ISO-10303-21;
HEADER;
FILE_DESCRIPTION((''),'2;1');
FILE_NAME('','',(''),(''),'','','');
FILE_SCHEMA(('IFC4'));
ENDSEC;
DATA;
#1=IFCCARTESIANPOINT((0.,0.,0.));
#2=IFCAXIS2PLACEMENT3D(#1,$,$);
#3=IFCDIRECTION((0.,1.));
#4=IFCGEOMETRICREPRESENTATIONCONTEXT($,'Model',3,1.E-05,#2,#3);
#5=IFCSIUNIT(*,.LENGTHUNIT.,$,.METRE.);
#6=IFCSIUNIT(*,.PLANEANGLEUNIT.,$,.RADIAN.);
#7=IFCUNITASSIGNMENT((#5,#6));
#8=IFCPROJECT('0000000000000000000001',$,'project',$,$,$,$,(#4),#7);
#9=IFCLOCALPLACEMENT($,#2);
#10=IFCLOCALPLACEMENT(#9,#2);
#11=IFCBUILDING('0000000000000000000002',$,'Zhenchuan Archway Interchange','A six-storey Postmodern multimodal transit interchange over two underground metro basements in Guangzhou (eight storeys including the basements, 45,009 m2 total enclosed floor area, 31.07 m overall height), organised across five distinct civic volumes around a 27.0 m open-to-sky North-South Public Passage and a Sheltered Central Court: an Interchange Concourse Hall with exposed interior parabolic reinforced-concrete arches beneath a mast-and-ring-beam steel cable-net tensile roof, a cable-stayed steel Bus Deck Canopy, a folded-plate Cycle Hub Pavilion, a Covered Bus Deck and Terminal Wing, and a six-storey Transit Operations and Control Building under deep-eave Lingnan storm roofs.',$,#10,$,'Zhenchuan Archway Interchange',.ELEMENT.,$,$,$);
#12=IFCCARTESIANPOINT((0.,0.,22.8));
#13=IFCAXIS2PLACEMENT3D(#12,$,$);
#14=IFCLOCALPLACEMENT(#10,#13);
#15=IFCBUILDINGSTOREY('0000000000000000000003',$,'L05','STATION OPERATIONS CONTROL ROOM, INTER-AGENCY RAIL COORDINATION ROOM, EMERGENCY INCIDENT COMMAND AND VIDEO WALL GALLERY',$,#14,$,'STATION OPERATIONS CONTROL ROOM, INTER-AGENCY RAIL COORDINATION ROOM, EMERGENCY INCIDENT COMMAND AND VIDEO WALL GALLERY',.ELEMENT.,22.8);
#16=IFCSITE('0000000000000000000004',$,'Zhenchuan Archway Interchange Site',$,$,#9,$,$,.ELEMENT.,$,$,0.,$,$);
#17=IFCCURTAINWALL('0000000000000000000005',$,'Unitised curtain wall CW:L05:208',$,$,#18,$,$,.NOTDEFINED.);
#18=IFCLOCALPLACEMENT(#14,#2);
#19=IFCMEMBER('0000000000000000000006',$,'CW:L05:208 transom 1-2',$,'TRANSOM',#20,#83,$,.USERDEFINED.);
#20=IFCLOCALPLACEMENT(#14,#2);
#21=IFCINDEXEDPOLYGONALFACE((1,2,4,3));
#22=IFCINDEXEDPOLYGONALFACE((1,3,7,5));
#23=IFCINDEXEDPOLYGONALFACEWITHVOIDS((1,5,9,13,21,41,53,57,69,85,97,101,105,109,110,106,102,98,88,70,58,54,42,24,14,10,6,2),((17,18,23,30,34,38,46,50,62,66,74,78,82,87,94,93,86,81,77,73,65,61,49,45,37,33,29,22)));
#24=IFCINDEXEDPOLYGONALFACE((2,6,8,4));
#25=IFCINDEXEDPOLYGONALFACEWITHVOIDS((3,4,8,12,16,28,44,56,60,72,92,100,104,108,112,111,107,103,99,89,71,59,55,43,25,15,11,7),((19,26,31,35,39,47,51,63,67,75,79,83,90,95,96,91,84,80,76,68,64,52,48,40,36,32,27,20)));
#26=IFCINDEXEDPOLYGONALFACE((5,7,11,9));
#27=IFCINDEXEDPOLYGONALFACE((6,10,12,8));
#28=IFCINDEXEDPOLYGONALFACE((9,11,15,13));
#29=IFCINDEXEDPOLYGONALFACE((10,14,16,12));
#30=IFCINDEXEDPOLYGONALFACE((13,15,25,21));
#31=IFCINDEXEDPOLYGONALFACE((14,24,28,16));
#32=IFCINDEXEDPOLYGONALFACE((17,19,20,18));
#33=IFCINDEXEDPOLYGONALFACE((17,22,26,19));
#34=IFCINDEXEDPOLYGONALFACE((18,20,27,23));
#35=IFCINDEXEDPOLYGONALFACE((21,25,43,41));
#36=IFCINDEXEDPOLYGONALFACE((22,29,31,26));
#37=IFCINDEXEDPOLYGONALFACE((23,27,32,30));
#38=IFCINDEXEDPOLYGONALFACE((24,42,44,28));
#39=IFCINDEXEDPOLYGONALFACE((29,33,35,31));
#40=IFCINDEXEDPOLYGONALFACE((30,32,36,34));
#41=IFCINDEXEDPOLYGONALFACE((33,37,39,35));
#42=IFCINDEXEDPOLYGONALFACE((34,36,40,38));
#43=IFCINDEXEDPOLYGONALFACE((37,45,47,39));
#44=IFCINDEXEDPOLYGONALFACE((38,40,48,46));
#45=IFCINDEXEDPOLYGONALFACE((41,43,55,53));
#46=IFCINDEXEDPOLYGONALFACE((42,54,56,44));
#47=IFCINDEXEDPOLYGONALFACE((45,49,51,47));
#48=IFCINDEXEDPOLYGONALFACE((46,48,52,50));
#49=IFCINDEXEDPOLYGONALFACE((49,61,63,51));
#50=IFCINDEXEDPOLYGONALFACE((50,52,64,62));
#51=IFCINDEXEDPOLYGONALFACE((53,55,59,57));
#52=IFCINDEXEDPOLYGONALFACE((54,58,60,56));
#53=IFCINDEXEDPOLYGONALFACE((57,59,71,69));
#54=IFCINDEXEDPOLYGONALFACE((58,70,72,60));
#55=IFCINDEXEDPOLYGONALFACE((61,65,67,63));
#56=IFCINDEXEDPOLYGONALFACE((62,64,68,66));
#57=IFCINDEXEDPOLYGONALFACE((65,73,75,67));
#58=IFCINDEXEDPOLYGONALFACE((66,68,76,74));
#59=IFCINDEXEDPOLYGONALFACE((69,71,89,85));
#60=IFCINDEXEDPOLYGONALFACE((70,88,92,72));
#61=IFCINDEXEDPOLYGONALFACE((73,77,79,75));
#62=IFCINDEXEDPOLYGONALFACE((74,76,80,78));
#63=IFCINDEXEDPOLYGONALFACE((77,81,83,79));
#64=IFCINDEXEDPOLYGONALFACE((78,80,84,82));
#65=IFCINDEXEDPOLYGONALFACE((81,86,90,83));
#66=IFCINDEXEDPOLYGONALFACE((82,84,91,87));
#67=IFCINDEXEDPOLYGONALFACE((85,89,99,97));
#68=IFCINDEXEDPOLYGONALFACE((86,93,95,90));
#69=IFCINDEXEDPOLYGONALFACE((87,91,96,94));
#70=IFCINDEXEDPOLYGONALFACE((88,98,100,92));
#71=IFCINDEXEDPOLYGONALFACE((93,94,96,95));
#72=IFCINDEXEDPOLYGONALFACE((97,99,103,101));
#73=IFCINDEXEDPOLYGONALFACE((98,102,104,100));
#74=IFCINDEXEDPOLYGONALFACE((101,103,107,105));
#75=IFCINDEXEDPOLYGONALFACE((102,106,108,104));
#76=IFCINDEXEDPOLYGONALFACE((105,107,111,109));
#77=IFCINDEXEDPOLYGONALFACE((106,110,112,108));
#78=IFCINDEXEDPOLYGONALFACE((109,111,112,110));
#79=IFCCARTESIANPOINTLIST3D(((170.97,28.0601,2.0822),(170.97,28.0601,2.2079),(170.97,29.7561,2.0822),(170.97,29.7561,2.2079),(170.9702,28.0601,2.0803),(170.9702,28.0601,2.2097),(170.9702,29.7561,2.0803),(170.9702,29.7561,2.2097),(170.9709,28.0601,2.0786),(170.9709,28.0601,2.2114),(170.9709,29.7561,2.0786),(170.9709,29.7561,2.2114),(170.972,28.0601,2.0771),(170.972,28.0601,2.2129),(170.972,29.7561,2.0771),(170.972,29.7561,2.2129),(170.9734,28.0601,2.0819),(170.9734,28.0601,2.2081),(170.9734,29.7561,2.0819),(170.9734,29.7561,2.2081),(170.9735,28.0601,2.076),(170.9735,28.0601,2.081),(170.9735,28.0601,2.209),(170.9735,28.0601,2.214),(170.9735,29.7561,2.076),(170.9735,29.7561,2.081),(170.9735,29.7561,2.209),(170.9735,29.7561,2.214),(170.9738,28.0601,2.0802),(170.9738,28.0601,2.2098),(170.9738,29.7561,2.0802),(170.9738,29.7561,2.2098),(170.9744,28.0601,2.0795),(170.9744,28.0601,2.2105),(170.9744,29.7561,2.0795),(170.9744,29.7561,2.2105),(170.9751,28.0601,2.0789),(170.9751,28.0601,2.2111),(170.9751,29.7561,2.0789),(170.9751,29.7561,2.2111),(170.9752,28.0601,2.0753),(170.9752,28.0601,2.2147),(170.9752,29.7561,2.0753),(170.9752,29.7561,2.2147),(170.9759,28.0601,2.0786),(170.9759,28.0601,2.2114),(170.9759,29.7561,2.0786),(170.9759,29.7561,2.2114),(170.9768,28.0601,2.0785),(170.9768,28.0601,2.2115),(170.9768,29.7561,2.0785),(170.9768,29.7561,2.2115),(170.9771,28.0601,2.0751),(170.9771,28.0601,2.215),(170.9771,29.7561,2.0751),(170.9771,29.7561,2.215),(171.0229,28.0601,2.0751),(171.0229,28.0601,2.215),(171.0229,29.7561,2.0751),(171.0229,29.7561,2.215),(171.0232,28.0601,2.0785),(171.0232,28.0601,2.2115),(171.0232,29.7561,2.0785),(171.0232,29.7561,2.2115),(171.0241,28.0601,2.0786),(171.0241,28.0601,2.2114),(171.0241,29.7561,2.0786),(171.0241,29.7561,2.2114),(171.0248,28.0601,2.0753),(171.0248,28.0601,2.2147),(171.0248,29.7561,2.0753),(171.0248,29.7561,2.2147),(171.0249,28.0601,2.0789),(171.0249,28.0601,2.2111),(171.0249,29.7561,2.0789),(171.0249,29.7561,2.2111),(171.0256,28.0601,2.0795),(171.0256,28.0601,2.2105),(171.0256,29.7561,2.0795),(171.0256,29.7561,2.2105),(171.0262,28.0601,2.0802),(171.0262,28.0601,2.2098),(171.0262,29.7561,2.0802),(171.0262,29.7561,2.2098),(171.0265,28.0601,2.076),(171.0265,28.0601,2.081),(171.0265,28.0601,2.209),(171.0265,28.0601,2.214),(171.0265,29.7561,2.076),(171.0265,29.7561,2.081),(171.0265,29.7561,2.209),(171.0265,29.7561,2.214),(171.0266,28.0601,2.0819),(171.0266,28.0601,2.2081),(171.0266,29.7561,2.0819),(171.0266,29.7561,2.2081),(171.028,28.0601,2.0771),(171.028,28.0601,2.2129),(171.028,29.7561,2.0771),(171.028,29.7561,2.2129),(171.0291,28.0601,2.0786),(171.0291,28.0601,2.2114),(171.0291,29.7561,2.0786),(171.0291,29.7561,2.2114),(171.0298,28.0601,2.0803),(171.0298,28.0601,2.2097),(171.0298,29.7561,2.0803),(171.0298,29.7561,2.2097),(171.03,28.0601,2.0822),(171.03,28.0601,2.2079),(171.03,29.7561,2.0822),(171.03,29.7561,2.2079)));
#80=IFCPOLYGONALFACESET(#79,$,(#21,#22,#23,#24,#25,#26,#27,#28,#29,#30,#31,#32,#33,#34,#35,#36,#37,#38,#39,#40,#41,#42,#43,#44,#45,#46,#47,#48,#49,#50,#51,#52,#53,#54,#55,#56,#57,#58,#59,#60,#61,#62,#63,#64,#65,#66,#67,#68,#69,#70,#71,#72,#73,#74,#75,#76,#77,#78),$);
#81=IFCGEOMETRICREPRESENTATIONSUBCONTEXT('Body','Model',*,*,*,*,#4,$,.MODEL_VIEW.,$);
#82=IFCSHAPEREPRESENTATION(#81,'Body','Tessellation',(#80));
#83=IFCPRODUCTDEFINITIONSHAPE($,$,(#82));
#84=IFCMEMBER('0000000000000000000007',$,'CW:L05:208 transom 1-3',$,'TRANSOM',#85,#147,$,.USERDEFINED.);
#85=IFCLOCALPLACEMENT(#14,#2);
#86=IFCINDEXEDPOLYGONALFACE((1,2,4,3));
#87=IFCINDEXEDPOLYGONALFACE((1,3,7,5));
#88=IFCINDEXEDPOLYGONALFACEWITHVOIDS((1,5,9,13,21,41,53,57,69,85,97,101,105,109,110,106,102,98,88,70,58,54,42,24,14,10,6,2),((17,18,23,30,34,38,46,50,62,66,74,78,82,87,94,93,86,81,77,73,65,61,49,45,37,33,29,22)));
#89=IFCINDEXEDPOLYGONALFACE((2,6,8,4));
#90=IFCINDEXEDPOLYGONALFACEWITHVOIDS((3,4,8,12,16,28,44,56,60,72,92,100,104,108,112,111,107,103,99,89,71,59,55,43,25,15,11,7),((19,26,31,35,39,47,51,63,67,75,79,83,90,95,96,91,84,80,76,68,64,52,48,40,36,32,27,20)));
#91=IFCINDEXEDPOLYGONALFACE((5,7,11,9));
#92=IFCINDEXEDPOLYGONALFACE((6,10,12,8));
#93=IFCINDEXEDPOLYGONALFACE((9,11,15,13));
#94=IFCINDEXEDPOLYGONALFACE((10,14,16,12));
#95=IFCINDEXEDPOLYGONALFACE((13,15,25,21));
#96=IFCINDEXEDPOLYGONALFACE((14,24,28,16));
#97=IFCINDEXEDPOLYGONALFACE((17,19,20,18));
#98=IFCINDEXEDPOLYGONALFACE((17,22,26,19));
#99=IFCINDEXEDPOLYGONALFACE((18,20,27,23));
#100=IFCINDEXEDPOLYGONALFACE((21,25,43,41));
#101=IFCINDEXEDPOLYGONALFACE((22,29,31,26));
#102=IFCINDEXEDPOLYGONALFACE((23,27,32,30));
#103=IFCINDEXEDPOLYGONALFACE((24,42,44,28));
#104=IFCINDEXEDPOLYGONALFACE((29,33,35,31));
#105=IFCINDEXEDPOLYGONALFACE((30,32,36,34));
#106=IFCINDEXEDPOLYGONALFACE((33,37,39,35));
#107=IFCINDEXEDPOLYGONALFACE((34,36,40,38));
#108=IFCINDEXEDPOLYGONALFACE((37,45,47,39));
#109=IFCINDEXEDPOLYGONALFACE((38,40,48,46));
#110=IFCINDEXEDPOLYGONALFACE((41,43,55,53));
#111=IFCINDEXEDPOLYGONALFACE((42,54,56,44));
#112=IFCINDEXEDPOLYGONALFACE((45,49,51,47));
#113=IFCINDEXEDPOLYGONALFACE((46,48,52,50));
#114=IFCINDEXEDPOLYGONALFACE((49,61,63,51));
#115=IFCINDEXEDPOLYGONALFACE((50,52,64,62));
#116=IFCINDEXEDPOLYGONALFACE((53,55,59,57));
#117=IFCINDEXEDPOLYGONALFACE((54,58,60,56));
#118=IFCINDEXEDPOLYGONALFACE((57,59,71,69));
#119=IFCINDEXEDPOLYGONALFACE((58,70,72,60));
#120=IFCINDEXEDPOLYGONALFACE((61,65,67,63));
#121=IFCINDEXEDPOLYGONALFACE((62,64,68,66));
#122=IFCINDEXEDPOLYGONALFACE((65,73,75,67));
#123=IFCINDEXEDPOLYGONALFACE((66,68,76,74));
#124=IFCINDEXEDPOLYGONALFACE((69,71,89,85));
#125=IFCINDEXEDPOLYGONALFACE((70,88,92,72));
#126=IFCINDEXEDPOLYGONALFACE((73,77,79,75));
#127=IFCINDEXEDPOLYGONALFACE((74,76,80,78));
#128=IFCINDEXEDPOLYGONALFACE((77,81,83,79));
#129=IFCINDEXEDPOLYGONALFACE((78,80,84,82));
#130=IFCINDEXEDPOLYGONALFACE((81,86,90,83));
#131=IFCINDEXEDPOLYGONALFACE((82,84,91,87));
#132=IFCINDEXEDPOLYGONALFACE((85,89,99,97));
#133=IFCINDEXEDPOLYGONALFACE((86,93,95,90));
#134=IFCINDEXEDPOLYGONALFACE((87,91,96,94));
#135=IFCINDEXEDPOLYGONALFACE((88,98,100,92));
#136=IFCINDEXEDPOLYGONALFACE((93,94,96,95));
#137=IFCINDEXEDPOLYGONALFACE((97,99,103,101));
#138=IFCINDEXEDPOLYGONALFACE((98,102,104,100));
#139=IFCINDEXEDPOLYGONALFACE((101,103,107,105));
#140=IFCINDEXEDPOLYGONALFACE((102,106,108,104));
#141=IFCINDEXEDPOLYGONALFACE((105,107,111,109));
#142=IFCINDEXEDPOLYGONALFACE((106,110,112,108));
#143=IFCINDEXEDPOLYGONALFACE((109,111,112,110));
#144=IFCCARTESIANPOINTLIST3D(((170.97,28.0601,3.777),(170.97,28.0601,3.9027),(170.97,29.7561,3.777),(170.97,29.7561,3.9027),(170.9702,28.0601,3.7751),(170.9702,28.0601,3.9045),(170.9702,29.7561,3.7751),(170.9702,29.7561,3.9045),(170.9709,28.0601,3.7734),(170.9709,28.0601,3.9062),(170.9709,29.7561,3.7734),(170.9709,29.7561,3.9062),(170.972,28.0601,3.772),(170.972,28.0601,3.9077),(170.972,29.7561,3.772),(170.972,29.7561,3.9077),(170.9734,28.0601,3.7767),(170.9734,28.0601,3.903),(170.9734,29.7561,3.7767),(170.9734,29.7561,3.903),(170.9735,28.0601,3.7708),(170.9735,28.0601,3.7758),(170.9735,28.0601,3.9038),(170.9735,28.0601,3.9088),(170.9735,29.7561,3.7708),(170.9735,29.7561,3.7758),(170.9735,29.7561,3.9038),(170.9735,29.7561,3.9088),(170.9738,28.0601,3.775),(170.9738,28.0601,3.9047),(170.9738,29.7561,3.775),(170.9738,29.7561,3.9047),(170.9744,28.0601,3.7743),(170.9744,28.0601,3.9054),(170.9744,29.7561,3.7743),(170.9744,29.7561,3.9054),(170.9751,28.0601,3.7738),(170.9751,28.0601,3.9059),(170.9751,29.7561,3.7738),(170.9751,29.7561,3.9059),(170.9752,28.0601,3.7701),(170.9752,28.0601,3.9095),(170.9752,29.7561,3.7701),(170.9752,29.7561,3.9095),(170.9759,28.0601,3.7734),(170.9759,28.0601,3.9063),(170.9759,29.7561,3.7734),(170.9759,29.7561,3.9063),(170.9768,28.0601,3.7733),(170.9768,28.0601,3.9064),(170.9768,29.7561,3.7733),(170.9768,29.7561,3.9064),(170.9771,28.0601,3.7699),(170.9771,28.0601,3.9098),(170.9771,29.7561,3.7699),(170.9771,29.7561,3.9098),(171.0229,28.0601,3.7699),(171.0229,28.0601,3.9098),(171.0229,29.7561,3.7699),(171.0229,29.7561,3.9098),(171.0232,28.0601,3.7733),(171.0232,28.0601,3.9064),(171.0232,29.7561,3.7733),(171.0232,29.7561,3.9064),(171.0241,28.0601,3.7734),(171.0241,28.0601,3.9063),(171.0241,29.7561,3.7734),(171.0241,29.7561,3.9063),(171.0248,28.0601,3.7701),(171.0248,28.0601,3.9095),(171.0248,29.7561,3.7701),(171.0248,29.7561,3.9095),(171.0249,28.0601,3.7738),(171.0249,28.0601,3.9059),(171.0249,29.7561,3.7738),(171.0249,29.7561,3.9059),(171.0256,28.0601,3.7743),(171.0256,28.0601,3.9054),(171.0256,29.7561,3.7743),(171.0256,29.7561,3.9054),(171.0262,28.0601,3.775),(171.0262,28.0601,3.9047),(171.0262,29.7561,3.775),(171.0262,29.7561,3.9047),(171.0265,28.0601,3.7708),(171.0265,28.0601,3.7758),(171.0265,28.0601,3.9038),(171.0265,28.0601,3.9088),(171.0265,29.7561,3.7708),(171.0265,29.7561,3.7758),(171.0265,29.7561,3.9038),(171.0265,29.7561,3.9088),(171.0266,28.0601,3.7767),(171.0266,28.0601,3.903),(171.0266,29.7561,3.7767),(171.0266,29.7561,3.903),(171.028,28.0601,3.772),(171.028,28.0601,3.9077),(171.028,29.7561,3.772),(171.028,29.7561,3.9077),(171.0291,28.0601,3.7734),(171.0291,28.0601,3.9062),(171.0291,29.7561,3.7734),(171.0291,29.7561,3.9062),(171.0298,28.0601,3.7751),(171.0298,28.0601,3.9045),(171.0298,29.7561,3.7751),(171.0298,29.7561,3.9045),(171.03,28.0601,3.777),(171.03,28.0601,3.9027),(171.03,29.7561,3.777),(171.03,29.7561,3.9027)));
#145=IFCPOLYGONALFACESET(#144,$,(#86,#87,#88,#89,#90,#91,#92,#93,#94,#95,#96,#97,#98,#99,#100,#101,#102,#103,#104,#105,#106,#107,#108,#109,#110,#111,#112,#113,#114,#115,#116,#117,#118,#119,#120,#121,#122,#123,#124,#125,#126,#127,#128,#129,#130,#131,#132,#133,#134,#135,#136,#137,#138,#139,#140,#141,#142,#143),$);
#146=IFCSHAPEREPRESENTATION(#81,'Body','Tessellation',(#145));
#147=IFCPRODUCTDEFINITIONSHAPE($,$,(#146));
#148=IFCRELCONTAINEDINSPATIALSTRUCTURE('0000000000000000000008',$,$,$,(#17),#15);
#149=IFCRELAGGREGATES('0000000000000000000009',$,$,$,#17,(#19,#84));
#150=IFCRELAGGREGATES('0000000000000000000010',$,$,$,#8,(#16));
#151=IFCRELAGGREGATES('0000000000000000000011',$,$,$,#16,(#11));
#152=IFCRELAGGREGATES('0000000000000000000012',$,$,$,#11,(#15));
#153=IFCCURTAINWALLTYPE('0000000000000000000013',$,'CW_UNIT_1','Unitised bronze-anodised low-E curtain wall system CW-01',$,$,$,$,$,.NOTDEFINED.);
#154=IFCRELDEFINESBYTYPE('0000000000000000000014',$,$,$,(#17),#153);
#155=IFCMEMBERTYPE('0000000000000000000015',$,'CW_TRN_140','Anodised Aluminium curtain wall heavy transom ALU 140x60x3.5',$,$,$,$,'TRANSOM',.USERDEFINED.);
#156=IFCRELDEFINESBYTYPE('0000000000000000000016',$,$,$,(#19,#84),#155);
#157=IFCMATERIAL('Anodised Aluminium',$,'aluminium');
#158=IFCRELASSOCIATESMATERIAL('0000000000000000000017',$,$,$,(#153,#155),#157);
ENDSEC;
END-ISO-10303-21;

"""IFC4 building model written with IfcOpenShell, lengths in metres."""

from ifc_helpers import new_model, si_unit, direction, frame, origin, origin_2d, place, context, subcontext, project, spatial, hollow_rectangle, extrude, material, material_profile, profile_set, type_object, element, aggregate, save


model = new_model("IFC4")

# Units and contexts
model_context = context("Model", 3, precision=1e-05, world=origin(), true_north=direction((0.0, 1.0)))
body_context = subcontext(model_context, "Body", "Model", "MODEL_VIEW")
ifc_project = project(units=[si_unit("LENGTHUNIT", "METRE"), si_unit("PLANEANGLEUNIT", "RADIAN")], contexts=[model_context])

# Site, building, storey
site_placement = place(None, origin())
site = spatial("IfcSite", under=ifc_project, at=site_placement, Name="Zhenchuan Archway Interchange Site", CompositionType="ELEMENT", RefElevation=0.0)
building_placement = place(site_placement, origin())
building = spatial("IfcBuilding", under=site, at=building_placement, Name="Zhenchuan Archway Interchange", Description="A six-storey Postmodern multimodal transit interchange over two underground metro basements in Guangzhou (eight storeys including the basements, 45,009 m2 total enclosed floor area, 31.07 m overall height), organised across five distinct civic volumes around a 27.0 m open-to-sky North-South Public Passage and a Sheltered Central Court: an Interchange Concourse Hall with exposed interior parabolic reinforced-concrete arches beneath a mast-and-ring-beam steel cable-net tensile roof, a cable-stayed steel Bus Deck Canopy, a folded-plate Cycle Hub Pavilion, a Covered Bus Deck and Terminal Wing, and a six-storey Transit Operations and Control Building under deep-eave Lingnan storm roofs.", LongName="Zhenchuan Archway Interchange", CompositionType="ELEMENT")
storey_placement = place(building_placement, frame((0.0, 0.0, 22.8)))
storey = spatial("IfcBuildingStorey", under=building, at=storey_placement, Name="L05", Description="STATION OPERATIONS CONTROL ROOM, INTER-AGENCY RAIL COORDINATION ROOM, EMERGENCY INCIDENT COMMAND AND VIDEO WALL GALLERY", LongName="STATION OPERATIONS CONTROL ROOM, INTER-AGENCY RAIL COORDINATION ROOM, EMERGENCY INCIDENT COMMAND AND VIDEO WALL GALLERY", CompositionType="ELEMENT", Elevation=22.8)

# Curtain wall, members
ifc_material_1 = material(Name="Anodised Aluminium", Category="aluminium")
curtain_wall_type = type_object("IfcCurtainWallType", Name="CW_UNIT_1", Description="Unitised bronze-anodised low-E curtain wall system CW-01", PredefinedType="NOTDEFINED", material=ifc_material_1)
curtain_wall_placement = place(storey_placement, origin())
curtain_wall = element("IfcCurtainWall", 1, at=curtain_wall_placement, inside=storey, type_object=curtain_wall_type, Name="Unitised curtain wall CW:L05:208", PredefinedType="NOTDEFINED")
ifc_material_profile_1 = material_profile(ifc_material_1, hollow_rectangle(XDim=0.0601, YDim=0.1399, WallThickness=0.0034, InnerFilletRadius=0.0034, OuterFilletRadius=0.0071, at=origin_2d()), Name="ALU 140x60x3.5")
ifc_profile_set_1 = profile_set([ifc_material_profile_1], Name="Anodised Aluminium")
member_type_1 = type_object("IfcMemberType", Name="CW_TRN_140", Description="Anodised Aluminium curtain wall heavy transom ALU 140x60x3.5", ElementType="TRANSOM", PredefinedType="USERDEFINED", material=ifc_profile_set_1)
member_1_placement = place(storey_placement, frame((171.0, 29.7561, 2.145), z_axis=(0.0, -1.0, 0.0), x_axis=(1.0, 0.0, 0.0)))
member_1 = element("IfcMember", 2, at=member_1_placement, type_object=member_type_1, Name="CW:L05:208 transom 1-2", ObjectType="TRANSOM", PredefinedType="USERDEFINED", context=body_context, shape_type="SweptSolid", body=[
    extrude(hollow_rectangle(XDim=0.0601, YDim=0.1399, WallThickness=0.0034, InnerFilletRadius=0.0034, OuterFilletRadius=0.0071, at=origin_2d()), origin(), (0.0, 0.0, 1.0), 1.696),
])
member_2_placement = place(storey_placement, frame((171.0, 29.7561, 3.8398), z_axis=(0.0, -1.0, 0.0), x_axis=(1.0, 0.0, 0.0)))
member_2 = element("IfcMember", 3, at=member_2_placement, type_object=member_type_1, Name="CW:L05:208 transom 1-3", ObjectType="TRANSOM", PredefinedType="USERDEFINED", context=body_context, shape_type="SweptSolid", body=[
    extrude(hollow_rectangle(XDim=0.0601, YDim=0.1399, WallThickness=0.0034, InnerFilletRadius=0.0034, OuterFilletRadius=0.0071, at=origin_2d()), origin(), (0.0, 0.0, 1.0), 1.696),
])
aggregate(curtain_wall, [member_1, member_2])

save(model, "model.ifc")
